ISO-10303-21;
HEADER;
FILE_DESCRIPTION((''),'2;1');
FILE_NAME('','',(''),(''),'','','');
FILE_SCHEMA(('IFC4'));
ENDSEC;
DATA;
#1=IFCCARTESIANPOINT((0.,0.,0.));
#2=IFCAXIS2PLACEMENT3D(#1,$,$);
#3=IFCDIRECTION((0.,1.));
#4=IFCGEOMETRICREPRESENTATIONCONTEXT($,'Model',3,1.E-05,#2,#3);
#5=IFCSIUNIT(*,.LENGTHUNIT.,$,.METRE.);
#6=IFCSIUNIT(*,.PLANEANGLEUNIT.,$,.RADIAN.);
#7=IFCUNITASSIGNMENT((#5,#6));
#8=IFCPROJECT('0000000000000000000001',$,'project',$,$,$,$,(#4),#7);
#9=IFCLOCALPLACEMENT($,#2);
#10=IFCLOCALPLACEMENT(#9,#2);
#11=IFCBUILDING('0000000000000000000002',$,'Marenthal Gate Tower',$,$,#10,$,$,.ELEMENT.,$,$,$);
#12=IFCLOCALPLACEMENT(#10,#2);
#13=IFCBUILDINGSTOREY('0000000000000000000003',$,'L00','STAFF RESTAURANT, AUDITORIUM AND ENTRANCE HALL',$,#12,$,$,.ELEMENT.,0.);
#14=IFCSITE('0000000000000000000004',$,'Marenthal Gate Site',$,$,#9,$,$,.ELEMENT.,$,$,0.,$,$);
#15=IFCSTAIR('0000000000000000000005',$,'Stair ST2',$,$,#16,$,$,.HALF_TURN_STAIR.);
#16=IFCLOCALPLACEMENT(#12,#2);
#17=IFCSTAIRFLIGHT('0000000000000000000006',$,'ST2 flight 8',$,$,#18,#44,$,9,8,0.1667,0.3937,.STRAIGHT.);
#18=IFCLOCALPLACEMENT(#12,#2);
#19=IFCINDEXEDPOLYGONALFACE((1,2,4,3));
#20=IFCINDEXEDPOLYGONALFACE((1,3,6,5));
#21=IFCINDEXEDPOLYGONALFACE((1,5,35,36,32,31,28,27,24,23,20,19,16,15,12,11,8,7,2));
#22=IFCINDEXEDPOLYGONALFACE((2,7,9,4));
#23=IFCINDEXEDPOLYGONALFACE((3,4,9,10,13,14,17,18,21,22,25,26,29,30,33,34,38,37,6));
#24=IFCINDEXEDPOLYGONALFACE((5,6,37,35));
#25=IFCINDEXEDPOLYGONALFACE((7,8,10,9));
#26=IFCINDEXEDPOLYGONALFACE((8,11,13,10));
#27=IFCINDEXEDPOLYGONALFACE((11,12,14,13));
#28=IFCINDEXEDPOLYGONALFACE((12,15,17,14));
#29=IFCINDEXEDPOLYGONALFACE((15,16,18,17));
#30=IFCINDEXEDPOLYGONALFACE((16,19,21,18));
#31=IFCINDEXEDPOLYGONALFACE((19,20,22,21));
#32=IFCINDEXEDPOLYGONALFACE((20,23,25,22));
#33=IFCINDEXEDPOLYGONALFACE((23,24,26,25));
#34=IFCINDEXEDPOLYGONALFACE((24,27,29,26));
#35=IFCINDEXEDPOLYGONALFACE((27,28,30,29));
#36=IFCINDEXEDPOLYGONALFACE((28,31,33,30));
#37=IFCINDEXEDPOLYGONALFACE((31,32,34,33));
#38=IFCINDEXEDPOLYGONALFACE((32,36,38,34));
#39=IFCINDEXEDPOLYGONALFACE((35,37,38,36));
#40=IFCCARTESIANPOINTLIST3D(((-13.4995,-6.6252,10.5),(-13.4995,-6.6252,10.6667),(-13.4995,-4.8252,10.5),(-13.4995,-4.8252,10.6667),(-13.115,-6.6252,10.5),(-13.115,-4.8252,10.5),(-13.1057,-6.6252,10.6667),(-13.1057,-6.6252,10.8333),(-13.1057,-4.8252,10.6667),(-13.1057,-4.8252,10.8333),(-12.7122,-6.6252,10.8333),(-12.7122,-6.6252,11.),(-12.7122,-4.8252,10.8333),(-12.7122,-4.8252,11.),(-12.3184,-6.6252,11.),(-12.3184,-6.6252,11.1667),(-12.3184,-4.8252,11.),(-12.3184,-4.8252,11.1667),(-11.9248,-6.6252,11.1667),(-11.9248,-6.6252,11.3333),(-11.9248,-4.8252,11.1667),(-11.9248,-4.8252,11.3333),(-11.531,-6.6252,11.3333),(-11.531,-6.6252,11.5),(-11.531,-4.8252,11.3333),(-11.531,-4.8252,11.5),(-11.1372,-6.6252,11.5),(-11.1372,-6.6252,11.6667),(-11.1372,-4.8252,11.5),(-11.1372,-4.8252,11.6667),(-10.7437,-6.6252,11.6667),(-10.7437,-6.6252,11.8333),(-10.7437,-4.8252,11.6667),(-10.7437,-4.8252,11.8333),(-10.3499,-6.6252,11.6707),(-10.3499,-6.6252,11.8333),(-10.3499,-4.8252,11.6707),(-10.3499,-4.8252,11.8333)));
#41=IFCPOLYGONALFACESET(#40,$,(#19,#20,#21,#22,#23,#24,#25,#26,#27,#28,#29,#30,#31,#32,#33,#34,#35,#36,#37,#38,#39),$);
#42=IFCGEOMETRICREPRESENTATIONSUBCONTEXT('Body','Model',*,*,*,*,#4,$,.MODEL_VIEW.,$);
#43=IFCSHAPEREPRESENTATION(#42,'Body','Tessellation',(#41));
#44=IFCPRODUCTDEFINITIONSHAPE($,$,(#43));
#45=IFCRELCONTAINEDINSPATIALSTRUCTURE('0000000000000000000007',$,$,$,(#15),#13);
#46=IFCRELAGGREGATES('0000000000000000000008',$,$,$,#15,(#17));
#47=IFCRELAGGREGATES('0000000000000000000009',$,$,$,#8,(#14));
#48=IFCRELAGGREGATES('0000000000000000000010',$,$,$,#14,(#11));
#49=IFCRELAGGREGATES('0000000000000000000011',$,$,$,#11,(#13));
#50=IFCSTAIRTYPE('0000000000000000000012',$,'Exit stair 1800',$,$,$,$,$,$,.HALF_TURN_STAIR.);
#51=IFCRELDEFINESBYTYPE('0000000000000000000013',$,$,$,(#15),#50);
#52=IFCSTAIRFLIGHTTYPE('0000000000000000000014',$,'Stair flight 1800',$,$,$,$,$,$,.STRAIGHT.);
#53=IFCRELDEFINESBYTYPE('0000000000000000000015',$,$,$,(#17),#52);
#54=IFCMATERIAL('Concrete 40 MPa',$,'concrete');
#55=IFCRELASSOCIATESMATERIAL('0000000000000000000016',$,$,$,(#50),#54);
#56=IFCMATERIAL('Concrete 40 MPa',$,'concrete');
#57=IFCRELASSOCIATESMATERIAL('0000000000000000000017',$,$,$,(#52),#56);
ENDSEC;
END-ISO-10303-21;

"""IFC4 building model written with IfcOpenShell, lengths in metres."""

from ifc_helpers import new_model, si_unit, direction, frame, origin, place, context, subcontext, project, spatial, polyline, outline, extrude, material, type_object, element, aggregate, save


model = new_model("IFC4")

# Units and contexts
model_context = context("Model", 3, precision=1e-05, world=origin(), true_north=direction((0.0, 1.0)))
body_context = subcontext(model_context, "Body", "Model", "MODEL_VIEW")
ifc_project = project(units=[si_unit("LENGTHUNIT", "METRE"), si_unit("PLANEANGLEUNIT", "RADIAN")], contexts=[model_context])

# Site, building, storey
site_placement = place(None, origin())
site = spatial("IfcSite", under=ifc_project, at=site_placement, Name="Marenthal Gate Site", CompositionType="ELEMENT", RefElevation=0.0)
building_placement = place(site_placement, origin())
building = spatial("IfcBuilding", under=site, at=building_placement, Name="Marenthal Gate Tower", CompositionType="ELEMENT")
storey_placement = place(building_placement, origin())
storey = spatial("IfcBuildingStorey", under=building, at=storey_placement, Name="L00", Description="STAFF RESTAURANT, AUDITORIUM AND ENTRANCE HALL", CompositionType="ELEMENT", Elevation=0.0)

# Stair, stair flight
ifc_material_1 = material(Name="Concrete 40 MPa", Category="concrete")
stair_type = type_object("IfcStairType", Name="Exit stair 1800", PredefinedType="HALF_TURN_STAIR", material=ifc_material_1)
stair_placement = place(storey_placement, origin())
stair = element("IfcStair", 1, at=stair_placement, inside=storey, type_object=stair_type, Name="Stair ST2", PredefinedType="HALF_TURN_STAIR")
ifc_material_2 = material(Name="Concrete 40 MPa", Category="concrete")
stair_flight_type = type_object("IfcStairFlightType", Name="Stair flight 1800", PredefinedType="STRAIGHT", material=ifc_material_2)
stair_flight_1_placement = place(storey_placement, frame((-13.4995, -5.7251, 10.5), z_axis=(0.0, 0.0, 1.0), x_axis=(1.0, 0.0, 0.0)))
stair_flight_1 = element("IfcStairFlight", 2, at=stair_flight_1_placement, type_object=stair_flight_type, Name="ST2 flight 8", NumberOfRisers=9, NumberOfTreads=8, PredefinedType="STRAIGHT", RiserHeight=0.1667, TreadLength=0.3937, context=body_context, shape_type="SweptSolid", body=[
    extrude(outline(polyline([(0.0, 0.0), (0.0, 0.1667), (0.3938, 0.1667), (0.3938, 0.3333), (0.7874, 0.3333), (0.7874, 0.5), (1.1812, 0.5), (1.1812, 0.6667), (1.5747, 0.6667), (1.5747, 0.8333), (1.9685, 0.8333), (1.9685, 1.0), (2.3623, 1.0), (2.3623, 1.1667), (2.7559, 1.1667), (2.7559, 1.3333), (3.1497, 1.3333), (3.1497, 1.5), (3.1497, 1.1707), (0.3845, 0.0), (0.0, 0.0)])), frame((0.0, 0.8999, 0.0), z_axis=(0.0, -1.0, 0.0), x_axis=(1.0, 0.0, 0.0)), (0.0, 0.0, 1.0), 1.8),
])
aggregate(stair, [stair_flight_1])

save(model, "model.ifc")
